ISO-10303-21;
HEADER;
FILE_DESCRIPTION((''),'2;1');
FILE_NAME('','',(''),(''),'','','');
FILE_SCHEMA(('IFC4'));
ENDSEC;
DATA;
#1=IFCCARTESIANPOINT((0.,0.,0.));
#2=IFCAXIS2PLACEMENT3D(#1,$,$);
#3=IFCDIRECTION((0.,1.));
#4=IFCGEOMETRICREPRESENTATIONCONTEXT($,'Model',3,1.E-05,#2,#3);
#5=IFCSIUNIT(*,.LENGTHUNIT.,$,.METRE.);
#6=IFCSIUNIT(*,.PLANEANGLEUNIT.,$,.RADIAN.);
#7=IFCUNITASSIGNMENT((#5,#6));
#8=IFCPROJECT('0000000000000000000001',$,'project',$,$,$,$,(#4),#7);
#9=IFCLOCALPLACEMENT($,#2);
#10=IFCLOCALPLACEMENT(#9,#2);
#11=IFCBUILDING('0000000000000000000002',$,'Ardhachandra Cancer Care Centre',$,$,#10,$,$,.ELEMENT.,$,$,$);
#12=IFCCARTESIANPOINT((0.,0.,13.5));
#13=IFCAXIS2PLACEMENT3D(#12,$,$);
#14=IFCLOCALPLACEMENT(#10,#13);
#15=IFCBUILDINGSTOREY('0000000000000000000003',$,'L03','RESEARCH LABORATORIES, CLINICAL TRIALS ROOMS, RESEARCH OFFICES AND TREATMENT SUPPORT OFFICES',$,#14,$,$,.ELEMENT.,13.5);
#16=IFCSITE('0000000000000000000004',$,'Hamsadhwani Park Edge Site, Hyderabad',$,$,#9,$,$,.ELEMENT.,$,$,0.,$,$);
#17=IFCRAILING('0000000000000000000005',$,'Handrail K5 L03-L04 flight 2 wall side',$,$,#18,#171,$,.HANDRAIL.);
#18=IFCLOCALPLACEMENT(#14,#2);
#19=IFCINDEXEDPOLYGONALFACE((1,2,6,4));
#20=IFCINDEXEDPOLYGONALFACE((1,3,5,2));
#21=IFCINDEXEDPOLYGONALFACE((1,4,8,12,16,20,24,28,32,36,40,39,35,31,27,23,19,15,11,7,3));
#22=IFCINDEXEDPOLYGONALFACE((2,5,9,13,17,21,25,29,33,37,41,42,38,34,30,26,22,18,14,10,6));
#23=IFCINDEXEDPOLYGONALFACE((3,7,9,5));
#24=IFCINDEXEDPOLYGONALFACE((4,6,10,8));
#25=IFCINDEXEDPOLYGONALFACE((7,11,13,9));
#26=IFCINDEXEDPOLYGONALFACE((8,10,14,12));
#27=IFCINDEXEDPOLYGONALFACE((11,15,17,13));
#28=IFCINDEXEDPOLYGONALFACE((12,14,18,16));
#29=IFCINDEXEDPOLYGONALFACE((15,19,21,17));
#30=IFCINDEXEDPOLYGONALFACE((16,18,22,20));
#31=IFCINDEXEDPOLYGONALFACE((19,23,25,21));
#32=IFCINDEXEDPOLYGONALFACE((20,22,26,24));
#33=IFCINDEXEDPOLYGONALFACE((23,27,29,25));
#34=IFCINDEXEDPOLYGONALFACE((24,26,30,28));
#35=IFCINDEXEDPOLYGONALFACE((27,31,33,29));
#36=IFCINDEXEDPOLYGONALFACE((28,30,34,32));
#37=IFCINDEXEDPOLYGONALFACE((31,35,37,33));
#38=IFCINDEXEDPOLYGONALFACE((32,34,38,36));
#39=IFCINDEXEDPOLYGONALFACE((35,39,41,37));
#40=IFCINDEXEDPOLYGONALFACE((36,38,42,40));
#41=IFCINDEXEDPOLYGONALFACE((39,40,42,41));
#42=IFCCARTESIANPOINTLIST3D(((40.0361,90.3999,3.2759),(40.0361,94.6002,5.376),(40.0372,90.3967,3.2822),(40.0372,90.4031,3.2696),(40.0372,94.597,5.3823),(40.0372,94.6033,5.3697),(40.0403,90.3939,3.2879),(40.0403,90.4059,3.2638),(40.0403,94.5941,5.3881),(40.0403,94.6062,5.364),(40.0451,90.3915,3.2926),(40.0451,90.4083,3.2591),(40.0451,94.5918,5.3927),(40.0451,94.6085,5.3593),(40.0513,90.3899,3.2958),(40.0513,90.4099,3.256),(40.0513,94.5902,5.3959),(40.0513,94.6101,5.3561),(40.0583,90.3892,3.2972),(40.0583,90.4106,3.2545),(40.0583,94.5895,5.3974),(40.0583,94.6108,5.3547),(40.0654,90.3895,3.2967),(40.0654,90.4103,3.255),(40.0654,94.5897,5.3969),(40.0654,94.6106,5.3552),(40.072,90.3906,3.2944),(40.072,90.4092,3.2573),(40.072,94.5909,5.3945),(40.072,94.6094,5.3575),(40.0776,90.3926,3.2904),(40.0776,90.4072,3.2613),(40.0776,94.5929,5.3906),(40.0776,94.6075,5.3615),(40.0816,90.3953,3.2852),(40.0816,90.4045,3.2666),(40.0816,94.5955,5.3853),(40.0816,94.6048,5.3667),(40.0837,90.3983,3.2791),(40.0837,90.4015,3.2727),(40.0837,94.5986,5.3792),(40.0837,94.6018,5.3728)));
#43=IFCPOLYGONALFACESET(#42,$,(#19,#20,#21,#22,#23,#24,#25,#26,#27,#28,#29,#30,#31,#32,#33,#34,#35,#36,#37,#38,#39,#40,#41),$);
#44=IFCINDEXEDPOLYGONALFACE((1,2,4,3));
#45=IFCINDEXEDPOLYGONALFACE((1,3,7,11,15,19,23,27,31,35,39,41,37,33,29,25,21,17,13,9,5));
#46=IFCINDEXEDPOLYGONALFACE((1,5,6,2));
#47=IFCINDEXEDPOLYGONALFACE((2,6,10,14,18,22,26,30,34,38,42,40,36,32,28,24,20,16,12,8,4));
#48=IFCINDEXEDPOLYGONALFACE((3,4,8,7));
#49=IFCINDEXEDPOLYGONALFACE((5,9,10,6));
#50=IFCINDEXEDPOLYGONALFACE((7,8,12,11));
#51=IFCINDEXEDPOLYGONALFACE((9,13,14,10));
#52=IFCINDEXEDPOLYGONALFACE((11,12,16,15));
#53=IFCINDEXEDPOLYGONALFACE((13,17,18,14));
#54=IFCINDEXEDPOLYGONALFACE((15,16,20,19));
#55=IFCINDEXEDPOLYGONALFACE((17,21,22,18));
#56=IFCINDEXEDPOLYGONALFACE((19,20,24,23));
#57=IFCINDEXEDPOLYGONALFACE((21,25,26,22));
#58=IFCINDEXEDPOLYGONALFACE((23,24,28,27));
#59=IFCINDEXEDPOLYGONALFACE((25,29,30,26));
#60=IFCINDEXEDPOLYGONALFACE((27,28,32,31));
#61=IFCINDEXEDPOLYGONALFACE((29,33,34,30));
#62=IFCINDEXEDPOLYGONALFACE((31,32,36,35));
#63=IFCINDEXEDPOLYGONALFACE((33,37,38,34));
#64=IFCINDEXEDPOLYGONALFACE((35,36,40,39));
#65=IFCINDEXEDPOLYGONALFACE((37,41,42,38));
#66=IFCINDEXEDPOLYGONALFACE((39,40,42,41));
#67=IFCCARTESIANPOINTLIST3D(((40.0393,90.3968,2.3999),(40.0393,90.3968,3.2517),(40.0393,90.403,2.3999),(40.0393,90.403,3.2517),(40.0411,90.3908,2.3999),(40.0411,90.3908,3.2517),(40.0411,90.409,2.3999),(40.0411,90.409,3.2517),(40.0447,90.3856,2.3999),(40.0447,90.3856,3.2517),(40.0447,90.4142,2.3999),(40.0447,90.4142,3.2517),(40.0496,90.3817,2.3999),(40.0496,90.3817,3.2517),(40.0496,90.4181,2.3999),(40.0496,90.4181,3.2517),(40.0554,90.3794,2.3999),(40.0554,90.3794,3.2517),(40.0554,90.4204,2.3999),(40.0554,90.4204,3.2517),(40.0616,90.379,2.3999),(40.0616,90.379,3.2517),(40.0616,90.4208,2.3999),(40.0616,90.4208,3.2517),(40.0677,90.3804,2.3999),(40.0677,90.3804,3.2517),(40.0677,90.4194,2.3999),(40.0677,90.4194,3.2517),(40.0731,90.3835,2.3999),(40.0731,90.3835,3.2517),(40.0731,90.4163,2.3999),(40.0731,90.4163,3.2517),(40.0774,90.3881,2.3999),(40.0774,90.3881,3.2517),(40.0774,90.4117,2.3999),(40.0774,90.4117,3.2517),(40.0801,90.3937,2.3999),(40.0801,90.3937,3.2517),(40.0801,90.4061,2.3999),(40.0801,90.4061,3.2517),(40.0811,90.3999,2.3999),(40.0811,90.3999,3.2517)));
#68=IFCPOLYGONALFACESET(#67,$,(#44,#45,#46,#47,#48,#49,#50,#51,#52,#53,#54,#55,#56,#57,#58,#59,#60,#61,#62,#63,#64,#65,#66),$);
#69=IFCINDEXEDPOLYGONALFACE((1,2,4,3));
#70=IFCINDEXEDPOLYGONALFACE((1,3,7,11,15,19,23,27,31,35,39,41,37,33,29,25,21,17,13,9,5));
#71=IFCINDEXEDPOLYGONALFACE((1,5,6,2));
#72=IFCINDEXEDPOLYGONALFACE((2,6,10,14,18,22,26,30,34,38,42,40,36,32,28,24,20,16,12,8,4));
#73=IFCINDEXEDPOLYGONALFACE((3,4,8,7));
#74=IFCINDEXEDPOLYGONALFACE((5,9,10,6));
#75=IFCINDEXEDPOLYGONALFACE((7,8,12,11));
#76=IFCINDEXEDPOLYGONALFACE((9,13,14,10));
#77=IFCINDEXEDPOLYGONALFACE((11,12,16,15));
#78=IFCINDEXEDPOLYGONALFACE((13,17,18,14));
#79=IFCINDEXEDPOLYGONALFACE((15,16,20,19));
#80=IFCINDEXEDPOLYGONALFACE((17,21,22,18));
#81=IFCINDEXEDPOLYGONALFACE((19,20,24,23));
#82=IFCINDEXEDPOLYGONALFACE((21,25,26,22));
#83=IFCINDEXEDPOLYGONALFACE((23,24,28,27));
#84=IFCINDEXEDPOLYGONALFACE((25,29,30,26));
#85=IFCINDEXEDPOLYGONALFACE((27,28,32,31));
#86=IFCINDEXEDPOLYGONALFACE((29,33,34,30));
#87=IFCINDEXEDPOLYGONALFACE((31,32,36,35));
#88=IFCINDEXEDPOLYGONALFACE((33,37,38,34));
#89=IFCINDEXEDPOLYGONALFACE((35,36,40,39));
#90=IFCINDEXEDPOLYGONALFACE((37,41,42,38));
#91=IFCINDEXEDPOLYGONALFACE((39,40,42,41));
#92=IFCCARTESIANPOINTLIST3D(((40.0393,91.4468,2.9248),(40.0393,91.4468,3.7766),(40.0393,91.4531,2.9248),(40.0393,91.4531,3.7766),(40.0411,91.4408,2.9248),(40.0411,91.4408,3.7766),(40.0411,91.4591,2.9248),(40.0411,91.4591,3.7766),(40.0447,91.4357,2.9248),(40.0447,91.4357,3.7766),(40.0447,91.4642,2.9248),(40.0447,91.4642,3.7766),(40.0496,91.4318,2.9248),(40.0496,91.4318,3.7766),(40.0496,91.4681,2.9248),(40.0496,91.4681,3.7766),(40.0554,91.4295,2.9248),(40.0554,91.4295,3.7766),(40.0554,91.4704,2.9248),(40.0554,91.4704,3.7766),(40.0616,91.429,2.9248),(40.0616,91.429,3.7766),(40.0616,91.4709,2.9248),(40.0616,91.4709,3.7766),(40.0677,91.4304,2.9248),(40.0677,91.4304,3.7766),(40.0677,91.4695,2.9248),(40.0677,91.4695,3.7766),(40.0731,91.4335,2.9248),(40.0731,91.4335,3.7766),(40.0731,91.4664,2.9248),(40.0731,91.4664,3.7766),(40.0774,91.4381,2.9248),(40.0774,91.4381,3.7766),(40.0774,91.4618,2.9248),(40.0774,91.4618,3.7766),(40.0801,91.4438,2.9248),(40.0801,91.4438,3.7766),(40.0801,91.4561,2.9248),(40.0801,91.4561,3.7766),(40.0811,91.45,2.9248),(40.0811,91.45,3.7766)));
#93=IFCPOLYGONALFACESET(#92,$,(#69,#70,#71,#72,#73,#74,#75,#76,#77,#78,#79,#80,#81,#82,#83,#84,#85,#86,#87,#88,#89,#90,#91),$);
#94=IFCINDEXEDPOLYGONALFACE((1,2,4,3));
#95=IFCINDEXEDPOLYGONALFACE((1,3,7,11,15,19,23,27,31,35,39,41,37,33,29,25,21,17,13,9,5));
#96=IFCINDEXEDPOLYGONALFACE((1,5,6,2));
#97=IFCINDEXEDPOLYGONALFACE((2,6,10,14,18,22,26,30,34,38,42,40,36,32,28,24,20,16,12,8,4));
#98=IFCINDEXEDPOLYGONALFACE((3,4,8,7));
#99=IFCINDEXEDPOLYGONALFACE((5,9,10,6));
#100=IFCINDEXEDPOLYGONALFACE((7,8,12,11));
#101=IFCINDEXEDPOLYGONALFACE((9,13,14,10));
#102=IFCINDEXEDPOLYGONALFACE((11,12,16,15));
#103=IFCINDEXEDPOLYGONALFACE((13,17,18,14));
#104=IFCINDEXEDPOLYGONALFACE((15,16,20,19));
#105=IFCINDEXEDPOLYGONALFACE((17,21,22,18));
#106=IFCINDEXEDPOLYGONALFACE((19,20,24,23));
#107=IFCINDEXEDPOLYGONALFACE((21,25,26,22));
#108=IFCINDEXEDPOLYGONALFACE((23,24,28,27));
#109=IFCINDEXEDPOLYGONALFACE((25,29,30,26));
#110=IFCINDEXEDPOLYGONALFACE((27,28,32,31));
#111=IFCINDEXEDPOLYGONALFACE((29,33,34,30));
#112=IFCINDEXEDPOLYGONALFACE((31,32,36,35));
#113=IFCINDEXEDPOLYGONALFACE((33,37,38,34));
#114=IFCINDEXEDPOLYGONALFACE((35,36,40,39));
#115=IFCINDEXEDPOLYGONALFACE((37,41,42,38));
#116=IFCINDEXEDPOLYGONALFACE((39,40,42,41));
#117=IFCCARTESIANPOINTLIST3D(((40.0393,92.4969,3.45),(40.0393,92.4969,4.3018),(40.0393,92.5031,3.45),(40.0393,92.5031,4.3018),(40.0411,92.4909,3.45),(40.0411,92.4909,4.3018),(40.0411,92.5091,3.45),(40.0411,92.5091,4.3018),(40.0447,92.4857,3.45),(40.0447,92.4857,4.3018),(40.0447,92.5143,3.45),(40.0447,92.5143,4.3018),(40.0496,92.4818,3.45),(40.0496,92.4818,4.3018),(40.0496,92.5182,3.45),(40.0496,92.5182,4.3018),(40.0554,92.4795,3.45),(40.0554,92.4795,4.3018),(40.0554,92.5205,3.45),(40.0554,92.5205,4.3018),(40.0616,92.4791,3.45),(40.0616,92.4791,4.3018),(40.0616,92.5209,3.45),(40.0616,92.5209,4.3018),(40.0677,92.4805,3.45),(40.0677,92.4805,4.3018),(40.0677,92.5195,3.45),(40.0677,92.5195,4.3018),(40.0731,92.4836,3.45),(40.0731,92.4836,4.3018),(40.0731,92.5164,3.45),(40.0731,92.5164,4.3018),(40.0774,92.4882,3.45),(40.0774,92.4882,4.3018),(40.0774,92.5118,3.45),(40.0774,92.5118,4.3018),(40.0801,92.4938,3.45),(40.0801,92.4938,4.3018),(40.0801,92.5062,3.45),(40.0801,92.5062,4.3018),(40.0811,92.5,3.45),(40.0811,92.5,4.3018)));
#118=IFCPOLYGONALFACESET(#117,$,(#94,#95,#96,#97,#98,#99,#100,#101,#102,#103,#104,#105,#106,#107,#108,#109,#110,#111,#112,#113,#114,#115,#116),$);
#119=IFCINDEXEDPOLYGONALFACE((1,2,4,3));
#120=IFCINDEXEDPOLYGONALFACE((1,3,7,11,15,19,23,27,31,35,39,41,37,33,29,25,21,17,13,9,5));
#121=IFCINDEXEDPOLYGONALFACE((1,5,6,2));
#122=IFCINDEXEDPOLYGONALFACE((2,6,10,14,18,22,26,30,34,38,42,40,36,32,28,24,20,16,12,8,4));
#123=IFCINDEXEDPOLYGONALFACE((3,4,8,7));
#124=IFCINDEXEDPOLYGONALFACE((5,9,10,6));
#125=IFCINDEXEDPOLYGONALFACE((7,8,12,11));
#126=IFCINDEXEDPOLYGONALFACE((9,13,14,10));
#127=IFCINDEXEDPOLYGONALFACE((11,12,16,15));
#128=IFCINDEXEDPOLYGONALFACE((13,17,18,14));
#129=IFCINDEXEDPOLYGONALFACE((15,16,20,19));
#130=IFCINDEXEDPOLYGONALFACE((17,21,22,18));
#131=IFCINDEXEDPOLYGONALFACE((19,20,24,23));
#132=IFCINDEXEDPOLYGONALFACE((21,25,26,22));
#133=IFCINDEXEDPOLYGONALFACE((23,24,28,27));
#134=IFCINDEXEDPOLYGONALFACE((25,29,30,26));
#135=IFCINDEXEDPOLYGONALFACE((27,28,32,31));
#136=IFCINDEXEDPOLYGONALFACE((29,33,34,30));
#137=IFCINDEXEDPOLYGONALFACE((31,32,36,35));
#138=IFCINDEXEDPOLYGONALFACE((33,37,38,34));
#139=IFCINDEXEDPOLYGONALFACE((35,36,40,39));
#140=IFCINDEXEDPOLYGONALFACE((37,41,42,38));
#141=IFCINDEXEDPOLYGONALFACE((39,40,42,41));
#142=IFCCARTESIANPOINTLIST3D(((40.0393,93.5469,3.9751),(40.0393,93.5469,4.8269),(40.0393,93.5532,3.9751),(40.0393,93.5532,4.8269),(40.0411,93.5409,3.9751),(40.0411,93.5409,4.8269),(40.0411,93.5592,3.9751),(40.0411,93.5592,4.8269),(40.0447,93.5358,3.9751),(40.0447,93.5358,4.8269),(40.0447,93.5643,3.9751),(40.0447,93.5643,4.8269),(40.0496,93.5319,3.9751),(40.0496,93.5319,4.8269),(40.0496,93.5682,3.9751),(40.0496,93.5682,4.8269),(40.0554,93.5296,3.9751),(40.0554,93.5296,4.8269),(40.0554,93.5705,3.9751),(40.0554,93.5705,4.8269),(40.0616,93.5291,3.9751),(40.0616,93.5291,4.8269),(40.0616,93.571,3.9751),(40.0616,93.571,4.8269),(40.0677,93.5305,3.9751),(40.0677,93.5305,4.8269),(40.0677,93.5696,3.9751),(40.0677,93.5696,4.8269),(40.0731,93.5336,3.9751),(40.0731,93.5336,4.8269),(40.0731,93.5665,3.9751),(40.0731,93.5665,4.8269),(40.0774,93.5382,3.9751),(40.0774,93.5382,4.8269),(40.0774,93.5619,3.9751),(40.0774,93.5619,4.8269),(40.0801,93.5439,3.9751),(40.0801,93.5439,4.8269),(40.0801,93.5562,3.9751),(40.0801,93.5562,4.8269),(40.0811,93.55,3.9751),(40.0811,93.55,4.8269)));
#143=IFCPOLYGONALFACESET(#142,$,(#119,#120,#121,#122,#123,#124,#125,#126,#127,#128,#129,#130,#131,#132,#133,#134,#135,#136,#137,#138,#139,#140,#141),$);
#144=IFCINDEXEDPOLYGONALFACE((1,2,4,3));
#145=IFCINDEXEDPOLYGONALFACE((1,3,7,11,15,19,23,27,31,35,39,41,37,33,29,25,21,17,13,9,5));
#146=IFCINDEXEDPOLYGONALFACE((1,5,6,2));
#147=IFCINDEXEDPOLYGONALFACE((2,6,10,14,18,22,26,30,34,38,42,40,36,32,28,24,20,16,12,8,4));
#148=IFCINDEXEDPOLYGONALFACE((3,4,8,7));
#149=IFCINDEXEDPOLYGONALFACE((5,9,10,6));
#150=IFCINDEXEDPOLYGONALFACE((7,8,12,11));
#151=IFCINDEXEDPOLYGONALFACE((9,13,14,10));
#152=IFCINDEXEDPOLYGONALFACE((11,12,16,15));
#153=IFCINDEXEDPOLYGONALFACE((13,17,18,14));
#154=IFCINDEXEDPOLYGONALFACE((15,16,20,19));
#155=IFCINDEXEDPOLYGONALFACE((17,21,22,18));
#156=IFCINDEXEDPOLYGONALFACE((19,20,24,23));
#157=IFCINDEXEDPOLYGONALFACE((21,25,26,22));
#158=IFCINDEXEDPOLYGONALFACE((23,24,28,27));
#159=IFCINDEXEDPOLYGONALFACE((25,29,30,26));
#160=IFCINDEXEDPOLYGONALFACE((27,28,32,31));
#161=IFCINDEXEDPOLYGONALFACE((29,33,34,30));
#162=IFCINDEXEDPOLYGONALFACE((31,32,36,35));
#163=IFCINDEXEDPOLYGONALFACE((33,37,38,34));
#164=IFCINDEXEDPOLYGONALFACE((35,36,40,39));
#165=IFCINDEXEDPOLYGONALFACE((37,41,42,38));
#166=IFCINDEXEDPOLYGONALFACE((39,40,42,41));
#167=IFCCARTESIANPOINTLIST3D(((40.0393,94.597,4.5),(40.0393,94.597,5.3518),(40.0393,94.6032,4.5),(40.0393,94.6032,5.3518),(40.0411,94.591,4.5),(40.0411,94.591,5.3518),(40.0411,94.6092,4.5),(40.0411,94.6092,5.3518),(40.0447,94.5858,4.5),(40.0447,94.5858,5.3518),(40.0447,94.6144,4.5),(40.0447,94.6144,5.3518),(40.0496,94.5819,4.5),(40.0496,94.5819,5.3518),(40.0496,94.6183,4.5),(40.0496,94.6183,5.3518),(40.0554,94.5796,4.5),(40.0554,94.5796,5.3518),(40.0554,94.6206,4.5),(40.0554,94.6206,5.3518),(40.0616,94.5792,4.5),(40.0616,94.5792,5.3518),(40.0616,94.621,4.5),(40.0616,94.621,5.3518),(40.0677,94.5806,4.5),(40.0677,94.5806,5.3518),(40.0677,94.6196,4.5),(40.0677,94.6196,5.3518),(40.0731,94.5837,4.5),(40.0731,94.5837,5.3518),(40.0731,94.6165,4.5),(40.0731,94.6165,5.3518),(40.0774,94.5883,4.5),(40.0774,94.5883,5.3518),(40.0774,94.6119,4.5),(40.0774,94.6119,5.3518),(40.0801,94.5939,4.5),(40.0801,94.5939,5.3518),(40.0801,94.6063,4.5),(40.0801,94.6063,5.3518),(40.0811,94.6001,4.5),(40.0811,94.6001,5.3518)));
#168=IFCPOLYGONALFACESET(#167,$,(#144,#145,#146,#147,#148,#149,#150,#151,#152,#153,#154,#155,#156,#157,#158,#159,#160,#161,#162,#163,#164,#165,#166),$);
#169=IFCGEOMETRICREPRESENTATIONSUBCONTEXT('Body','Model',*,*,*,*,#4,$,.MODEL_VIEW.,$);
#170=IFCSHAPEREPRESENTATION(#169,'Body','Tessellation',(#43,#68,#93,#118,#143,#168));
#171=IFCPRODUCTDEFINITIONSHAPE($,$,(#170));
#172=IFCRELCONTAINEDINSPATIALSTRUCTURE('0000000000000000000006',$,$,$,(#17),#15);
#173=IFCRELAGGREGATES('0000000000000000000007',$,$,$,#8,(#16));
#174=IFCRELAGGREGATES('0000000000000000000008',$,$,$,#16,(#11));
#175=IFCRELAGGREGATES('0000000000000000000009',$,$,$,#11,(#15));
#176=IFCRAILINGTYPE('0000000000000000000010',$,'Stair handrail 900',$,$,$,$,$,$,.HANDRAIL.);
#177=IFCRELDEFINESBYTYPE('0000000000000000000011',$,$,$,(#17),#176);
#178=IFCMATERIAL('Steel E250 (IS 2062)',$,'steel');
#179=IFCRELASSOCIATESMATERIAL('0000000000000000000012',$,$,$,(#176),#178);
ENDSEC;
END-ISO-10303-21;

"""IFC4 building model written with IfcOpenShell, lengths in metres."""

from ifc_helpers import new_model, si_unit, direction, frame, origin, origin_2d, place, context, subcontext, project, spatial, circle, extrude, material, type_object, element, save


model = new_model("IFC4")

# Units and contexts
model_context = context("Model", 3, precision=1e-05, world=origin(), true_north=direction((0.0, 1.0)))
body_context = subcontext(model_context, "Body", "Model", "MODEL_VIEW")
ifc_project = project(units=[si_unit("LENGTHUNIT", "METRE"), si_unit("PLANEANGLEUNIT", "RADIAN")], contexts=[model_context])

# Site, building, storey
site_placement = place(None, origin())
site = spatial("IfcSite", under=ifc_project, at=site_placement, Name="Hamsadhwani Park Edge Site, Hyderabad", CompositionType="ELEMENT", RefElevation=0.0)
building_placement = place(site_placement, origin())
building = spatial("IfcBuilding", under=site, at=building_placement, Name="Ardhachandra Cancer Care Centre", CompositionType="ELEMENT")
storey_placement = place(building_placement, frame((0.0, 0.0, 13.5)))
storey = spatial("IfcBuildingStorey", under=building, at=storey_placement, Name="L03", Description="RESEARCH LABORATORIES, CLINICAL TRIALS ROOMS, RESEARCH OFFICES AND TREATMENT SUPPORT OFFICES", CompositionType="ELEMENT", Elevation=13.5)

# Railing
ifc_material_1 = material(Name="Steel E250 (IS 2062)", Category="steel")
railing_type_1 = type_object("IfcRailingType", Name="Stair handrail 900", PredefinedType="HANDRAIL", material=ifc_material_1)
for number, where, name in (
    (1, (40.0601, 90.3999, 2.3999), "Handrail K5 L03-L04 flight 2 wall side"),
):
    element("IfcRailing", number, at=place(storey_placement, frame(where)), inside=storey, type_object=railing_type_1, Name=name, PredefinedType="HANDRAIL", context=body_context, shape_type="SweptSolid", body=[
        extrude(circle(Radius=0.0239, at=origin_2d()), frame((0.0, 0.0, 0.876), z_axis=(0.0, 0.894427, 0.447214), x_axis=(-1.0, 0.0, 0.0)), (0.0, 0.0, 1.0), 4.696),
        extrude(circle(Radius=0.021, at=origin_2d()), origin(), (0.0, 0.0, 1.0), 0.8518),
        extrude(circle(Radius=0.021, at=origin_2d()), frame((0.0, 1.05, 0.5249)), (0.0, 0.0, 1.0), 0.8518),
        extrude(circle(Radius=0.021, at=origin_2d()), frame((0.0, 2.1001, 1.05)), (0.0, 0.0, 1.0), 0.8518),
        extrude(circle(Radius=0.021, at=origin_2d()), frame((0.0, 3.1501, 1.5752)), (0.0, 0.0, 1.0), 0.8518),
        extrude(circle(Radius=0.021, at=origin_2d()), frame((0.0, 4.2002, 2.1001)), (0.0, 0.0, 1.0), 0.8518),
    ])

save(model, "model.ifc")
